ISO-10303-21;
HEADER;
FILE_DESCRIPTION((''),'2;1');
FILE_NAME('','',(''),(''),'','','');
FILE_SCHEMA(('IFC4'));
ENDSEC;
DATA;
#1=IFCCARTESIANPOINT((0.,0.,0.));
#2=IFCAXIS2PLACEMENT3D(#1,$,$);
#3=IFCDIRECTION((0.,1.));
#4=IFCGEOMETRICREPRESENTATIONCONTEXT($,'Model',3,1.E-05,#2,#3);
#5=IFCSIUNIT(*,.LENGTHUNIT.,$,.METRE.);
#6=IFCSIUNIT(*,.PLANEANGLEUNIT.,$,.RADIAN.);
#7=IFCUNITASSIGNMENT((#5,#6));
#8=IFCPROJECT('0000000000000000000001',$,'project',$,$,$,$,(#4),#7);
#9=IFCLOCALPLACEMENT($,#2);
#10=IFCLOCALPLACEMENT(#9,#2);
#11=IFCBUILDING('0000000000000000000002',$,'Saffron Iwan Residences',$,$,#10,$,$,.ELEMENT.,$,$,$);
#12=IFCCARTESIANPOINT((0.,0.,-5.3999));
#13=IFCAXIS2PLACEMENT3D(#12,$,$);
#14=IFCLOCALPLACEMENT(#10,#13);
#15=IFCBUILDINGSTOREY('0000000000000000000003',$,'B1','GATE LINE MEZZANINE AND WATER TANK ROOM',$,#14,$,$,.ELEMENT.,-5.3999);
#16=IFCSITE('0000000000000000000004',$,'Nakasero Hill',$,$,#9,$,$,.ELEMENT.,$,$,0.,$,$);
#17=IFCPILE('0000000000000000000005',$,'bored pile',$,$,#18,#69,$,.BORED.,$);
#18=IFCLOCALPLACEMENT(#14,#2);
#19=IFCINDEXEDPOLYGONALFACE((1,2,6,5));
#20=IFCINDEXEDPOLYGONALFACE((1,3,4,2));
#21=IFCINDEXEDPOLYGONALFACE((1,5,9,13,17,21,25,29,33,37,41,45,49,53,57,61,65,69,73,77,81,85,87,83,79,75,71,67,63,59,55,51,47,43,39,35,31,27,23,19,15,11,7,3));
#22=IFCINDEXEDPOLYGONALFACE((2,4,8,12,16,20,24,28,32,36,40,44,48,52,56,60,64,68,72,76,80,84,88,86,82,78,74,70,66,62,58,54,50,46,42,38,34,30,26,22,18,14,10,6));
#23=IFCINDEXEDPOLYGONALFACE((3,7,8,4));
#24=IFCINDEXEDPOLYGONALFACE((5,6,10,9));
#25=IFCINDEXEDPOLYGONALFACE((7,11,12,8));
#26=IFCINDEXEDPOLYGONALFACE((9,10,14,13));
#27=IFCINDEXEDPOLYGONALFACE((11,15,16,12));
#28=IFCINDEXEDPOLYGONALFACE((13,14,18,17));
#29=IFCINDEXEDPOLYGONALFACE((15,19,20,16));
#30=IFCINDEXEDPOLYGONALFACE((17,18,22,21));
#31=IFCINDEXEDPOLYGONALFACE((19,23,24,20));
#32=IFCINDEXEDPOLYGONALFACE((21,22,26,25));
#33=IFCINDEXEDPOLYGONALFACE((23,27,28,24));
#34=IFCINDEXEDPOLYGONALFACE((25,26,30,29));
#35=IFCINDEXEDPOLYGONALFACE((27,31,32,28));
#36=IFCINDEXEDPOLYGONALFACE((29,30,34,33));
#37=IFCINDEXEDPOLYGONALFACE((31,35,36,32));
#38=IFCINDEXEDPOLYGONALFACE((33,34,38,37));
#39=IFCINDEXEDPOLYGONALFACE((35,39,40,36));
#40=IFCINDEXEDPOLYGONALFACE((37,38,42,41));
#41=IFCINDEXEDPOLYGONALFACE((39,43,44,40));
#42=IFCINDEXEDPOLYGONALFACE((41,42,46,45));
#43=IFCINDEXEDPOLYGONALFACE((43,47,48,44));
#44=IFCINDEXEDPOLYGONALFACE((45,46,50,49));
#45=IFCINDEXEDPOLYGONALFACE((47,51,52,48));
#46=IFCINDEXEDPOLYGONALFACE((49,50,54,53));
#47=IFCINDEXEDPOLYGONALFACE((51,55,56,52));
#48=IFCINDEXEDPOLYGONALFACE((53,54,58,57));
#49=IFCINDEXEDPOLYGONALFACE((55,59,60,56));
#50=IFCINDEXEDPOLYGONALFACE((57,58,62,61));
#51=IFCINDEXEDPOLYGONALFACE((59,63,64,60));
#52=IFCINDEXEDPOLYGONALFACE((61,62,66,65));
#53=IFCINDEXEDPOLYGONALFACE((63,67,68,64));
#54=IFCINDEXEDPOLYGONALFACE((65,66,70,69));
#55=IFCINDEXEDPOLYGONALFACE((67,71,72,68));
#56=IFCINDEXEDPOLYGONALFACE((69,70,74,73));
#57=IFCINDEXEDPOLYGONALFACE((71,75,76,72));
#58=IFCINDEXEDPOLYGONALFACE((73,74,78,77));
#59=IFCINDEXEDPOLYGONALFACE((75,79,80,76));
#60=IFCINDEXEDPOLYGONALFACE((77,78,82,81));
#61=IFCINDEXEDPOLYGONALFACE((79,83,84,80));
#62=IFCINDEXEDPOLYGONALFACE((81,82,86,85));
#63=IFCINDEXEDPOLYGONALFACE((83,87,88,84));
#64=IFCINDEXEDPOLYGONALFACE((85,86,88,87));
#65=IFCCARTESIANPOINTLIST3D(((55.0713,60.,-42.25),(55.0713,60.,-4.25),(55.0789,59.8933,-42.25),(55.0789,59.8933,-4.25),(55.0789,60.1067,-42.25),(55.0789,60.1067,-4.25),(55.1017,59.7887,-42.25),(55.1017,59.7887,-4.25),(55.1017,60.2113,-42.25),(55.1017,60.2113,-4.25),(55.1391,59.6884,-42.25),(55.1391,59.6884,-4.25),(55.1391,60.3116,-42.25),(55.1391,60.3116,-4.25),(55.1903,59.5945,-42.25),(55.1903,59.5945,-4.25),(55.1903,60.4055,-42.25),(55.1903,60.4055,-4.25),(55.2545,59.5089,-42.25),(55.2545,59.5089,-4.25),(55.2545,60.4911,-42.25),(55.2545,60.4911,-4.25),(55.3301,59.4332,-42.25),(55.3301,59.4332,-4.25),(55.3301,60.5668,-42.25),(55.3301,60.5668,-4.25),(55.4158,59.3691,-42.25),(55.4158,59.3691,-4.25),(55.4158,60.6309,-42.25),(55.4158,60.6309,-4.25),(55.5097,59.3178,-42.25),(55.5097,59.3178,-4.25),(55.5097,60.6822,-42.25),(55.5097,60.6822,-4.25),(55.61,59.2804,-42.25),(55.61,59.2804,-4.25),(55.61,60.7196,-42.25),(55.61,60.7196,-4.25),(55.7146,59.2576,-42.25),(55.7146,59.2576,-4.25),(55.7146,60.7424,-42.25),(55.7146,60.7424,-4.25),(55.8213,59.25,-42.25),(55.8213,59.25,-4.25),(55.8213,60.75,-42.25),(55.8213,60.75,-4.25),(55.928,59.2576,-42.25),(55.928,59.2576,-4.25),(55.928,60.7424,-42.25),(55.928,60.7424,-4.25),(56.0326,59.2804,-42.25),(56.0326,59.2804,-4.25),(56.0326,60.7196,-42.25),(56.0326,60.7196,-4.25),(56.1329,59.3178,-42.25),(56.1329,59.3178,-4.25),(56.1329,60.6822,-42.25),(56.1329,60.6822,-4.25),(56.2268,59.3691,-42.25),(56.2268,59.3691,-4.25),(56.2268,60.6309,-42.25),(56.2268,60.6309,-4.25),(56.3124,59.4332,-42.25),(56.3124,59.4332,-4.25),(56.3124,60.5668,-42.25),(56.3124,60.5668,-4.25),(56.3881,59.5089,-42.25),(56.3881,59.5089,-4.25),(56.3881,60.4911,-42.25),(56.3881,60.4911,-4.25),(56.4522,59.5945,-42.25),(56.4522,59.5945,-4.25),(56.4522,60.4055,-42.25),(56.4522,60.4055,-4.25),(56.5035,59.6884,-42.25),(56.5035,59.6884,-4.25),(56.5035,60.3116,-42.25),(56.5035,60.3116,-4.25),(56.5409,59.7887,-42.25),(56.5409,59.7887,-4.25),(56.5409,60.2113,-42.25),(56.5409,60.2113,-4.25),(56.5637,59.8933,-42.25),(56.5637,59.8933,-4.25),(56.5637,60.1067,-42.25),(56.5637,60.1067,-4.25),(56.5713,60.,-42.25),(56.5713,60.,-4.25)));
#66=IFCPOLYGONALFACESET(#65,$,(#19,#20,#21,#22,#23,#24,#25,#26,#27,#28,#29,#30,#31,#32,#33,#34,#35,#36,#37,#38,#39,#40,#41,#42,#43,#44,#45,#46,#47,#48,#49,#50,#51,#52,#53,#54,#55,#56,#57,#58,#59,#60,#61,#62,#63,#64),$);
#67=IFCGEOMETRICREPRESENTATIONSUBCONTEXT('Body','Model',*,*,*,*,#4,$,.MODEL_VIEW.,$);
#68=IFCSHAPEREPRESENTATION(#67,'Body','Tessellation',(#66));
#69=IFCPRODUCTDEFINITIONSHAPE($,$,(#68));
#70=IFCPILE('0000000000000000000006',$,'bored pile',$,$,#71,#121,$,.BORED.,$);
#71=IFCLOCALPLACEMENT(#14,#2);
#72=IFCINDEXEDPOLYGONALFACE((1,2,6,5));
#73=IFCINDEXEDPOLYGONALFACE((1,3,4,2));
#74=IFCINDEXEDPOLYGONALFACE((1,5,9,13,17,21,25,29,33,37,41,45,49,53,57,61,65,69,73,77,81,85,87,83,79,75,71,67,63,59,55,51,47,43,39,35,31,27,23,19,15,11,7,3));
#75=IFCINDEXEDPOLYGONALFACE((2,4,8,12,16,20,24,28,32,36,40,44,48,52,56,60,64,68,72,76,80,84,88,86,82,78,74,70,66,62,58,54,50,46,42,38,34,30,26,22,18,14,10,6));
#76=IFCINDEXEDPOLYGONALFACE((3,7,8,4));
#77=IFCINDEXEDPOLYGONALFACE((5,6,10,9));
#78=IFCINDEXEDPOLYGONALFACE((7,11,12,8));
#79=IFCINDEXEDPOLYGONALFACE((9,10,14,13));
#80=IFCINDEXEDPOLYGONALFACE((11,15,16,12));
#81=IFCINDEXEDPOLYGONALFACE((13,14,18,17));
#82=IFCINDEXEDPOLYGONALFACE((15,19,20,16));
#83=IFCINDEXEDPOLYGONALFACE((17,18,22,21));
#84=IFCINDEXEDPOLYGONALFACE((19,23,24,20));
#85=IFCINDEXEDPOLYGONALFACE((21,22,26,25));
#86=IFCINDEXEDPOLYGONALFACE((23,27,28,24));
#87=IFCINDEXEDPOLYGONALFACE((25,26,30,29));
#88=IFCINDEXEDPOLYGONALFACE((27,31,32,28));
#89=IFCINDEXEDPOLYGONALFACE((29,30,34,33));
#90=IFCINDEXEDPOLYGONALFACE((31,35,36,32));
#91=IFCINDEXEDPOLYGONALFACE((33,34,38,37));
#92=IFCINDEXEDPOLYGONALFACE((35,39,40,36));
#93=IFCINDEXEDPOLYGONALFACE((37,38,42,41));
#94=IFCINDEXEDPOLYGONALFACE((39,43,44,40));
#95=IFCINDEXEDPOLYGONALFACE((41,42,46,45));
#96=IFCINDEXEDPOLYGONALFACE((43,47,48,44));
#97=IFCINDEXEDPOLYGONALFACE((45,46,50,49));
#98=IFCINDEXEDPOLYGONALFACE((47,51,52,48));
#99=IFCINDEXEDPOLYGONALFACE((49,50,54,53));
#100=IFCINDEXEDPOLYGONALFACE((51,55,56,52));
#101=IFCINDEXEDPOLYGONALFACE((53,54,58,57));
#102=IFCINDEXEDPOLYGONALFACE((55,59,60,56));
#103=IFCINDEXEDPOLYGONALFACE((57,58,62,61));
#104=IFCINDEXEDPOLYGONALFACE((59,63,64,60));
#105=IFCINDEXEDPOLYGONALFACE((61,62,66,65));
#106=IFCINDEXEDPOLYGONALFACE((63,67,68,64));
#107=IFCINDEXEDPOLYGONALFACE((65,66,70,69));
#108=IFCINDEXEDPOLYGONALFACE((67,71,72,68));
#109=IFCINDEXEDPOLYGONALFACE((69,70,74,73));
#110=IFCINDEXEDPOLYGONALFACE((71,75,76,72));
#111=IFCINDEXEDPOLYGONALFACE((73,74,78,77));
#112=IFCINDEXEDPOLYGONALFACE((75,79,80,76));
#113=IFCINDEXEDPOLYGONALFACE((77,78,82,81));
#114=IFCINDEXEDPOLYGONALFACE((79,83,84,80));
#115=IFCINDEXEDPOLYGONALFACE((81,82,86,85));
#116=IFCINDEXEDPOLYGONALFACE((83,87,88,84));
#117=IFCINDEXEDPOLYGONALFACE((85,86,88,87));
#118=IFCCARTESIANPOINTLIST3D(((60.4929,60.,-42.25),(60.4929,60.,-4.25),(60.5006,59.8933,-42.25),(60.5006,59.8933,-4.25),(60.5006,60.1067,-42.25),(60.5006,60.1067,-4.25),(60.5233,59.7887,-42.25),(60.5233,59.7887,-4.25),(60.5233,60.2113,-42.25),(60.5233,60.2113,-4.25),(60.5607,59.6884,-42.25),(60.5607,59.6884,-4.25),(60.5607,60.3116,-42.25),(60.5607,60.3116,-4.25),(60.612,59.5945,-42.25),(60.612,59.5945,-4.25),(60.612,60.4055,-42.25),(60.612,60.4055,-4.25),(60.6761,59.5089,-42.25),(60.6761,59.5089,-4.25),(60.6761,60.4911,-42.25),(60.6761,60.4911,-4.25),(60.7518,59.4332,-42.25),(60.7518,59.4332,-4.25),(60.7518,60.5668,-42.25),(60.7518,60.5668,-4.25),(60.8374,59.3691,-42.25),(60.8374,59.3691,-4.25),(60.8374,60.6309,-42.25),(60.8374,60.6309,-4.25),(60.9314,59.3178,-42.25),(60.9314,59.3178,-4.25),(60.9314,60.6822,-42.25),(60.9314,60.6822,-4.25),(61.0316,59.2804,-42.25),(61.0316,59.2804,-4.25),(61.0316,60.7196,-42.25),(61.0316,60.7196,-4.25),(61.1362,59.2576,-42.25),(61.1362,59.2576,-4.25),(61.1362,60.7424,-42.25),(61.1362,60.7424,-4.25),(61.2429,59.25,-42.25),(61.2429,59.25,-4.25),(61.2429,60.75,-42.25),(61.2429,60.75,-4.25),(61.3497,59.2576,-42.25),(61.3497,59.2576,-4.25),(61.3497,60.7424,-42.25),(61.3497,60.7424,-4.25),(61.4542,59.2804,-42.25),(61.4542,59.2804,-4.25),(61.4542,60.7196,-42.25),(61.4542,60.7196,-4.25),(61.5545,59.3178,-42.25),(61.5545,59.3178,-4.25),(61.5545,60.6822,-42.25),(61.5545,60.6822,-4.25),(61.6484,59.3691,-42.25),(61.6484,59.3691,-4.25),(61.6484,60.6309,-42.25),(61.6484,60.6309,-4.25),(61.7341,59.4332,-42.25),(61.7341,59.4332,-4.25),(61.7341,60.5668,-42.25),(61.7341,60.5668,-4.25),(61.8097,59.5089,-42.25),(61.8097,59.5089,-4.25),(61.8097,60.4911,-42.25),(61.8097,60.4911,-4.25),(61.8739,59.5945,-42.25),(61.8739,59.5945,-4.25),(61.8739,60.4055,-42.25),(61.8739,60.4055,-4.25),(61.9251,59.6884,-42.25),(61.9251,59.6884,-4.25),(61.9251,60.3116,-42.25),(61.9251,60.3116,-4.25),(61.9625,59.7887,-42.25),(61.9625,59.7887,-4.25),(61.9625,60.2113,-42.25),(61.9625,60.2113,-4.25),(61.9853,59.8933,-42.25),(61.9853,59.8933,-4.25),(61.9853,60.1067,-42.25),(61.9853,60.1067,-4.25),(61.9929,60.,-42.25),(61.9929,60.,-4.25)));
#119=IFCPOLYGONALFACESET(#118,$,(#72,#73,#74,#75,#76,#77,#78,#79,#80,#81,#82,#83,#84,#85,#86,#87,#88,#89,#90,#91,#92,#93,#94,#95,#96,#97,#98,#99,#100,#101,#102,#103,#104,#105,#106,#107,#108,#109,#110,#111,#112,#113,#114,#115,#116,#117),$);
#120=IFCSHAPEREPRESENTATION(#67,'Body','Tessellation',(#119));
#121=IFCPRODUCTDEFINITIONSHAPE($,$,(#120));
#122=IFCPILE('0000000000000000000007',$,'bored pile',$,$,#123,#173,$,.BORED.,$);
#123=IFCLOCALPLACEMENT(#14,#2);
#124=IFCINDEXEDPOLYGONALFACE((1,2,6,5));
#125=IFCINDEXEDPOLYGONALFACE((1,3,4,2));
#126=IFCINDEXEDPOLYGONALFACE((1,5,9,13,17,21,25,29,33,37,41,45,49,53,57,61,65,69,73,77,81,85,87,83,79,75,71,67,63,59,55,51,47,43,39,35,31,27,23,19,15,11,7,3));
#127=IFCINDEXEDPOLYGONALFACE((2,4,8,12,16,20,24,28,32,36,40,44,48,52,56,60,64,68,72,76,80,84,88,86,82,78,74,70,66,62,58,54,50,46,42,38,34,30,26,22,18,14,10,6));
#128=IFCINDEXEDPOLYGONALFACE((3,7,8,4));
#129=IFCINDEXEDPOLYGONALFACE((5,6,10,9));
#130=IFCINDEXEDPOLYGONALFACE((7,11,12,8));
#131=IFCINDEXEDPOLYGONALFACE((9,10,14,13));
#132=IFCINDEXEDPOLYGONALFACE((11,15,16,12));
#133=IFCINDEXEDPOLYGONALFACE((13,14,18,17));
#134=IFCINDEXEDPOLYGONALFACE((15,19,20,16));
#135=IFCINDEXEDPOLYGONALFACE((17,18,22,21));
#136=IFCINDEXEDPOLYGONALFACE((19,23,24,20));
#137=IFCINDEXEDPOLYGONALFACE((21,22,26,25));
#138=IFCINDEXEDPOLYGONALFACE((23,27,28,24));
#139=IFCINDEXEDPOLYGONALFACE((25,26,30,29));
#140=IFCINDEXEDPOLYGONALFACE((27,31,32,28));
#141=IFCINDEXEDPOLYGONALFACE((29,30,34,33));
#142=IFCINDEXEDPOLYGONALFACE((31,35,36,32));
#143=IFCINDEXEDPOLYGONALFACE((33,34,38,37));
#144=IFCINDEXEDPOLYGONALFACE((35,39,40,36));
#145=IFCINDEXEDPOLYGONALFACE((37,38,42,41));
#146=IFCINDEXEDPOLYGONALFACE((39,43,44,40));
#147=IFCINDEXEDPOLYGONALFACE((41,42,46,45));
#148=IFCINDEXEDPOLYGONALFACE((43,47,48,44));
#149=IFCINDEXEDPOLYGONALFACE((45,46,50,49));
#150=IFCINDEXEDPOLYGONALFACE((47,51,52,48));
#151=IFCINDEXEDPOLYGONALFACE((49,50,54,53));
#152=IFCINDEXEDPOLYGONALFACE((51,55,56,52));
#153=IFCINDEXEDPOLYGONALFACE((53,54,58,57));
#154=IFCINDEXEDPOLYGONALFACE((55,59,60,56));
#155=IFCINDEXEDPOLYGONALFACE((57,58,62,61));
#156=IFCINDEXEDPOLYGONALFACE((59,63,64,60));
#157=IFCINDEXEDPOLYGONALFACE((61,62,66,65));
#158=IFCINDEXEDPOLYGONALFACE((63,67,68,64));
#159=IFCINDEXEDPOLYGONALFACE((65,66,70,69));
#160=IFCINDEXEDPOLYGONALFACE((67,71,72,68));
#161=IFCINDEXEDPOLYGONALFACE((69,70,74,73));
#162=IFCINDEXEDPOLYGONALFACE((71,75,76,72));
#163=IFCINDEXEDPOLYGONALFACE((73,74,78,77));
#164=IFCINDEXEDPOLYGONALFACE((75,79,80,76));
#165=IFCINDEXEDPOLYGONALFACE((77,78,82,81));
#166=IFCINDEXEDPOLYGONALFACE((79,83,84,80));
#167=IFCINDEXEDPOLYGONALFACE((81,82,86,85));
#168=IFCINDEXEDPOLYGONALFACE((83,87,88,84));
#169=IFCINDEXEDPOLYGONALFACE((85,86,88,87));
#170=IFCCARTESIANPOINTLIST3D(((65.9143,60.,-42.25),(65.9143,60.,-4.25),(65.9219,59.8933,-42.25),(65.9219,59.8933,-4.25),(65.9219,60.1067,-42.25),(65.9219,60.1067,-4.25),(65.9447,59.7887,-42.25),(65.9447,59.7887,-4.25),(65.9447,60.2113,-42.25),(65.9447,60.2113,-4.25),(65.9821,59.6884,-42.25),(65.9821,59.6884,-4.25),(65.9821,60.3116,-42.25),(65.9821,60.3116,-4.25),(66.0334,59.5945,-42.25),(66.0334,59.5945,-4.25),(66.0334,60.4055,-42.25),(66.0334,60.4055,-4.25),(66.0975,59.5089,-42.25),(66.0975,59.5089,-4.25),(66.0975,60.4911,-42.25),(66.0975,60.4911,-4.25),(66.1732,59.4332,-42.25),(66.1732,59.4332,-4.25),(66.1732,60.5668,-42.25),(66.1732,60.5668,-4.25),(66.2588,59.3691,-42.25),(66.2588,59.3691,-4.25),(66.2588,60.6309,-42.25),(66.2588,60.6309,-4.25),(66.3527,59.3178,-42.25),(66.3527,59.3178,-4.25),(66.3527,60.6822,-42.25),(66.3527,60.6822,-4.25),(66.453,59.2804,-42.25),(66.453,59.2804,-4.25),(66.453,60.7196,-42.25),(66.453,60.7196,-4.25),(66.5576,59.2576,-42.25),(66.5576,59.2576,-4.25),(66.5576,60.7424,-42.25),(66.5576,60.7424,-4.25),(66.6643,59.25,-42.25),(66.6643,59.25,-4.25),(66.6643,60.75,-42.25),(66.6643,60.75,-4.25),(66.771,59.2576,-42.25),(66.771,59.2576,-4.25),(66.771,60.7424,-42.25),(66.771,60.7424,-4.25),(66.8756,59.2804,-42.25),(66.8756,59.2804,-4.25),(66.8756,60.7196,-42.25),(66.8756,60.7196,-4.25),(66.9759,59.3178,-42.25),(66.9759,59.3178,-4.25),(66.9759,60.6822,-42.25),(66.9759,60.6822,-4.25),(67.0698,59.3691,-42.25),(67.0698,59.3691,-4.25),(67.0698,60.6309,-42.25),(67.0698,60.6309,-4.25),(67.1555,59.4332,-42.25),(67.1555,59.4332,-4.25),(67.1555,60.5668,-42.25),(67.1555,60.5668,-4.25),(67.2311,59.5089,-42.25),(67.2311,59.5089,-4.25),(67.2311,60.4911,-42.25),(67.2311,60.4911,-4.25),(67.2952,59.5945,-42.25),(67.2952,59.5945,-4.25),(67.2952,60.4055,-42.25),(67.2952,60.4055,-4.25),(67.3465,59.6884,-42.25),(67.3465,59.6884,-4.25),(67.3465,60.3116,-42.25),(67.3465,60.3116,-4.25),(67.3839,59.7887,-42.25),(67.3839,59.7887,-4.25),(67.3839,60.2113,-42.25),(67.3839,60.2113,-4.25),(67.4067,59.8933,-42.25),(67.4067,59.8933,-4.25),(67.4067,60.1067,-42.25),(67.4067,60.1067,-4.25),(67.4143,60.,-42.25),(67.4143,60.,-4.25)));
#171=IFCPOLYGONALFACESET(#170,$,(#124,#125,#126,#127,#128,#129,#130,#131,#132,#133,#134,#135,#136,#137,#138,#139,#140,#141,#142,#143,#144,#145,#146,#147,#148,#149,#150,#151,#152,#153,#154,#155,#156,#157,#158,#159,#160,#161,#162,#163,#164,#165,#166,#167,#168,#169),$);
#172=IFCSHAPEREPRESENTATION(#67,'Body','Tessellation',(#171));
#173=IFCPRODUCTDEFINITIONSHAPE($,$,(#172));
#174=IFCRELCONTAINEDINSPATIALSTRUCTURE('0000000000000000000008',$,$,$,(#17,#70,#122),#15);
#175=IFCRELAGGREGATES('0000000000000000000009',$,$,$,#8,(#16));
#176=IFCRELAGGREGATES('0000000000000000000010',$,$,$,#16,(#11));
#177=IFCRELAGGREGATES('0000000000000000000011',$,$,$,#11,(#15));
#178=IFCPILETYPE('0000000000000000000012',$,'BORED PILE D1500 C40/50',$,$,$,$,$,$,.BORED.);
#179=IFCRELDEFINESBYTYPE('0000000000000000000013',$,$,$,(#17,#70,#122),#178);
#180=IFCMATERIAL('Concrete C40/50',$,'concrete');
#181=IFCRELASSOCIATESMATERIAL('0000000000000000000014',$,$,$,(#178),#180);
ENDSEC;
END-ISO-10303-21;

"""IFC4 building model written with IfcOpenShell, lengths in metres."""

from ifc_helpers import new_model, si_unit, direction, frame, origin, origin_2d, place, context, subcontext, project, spatial, circle, extrude, material, material_profile, profile_set, type_object, element, save


model = new_model("IFC4")

# Units and contexts
model_context = context("Model", 3, precision=1e-05, world=origin(), true_north=direction((0.0, 1.0)))
body_context = subcontext(model_context, "Body", "Model", "MODEL_VIEW")
ifc_project = project(units=[si_unit("LENGTHUNIT", "METRE"), si_unit("PLANEANGLEUNIT", "RADIAN")], contexts=[model_context])

# Site, building, storey
site_placement = place(None, origin())
site = spatial("IfcSite", under=ifc_project, at=site_placement, Name="Nakasero Hill", CompositionType="ELEMENT", RefElevation=0.0)
building_placement = place(site_placement, origin())
building = spatial("IfcBuilding", under=site, at=building_placement, Name="Saffron Iwan Residences", CompositionType="ELEMENT")
storey_placement = place(building_placement, frame((0.0, 0.0, -5.3999)))
storey = spatial("IfcBuildingStorey", under=building, at=storey_placement, Name="B1", Description="GATE LINE MEZZANINE AND WATER TANK ROOM", CompositionType="ELEMENT", Elevation=-5.3999)

# Piles
ifc_material_1 = material(Name="Concrete C40/50", Category="concrete")
ifc_material_profile = material_profile(ifc_material_1, circle(Radius=0.75, at=origin_2d()), Name="RC D1500")
ifc_profile_set = profile_set([ifc_material_profile], Name="Concrete C40/50")
pile_type = type_object("IfcPileType", Name="BORED PILE D1500 C40/50", PredefinedType="BORED", material=ifc_profile_set)
for number, where, z_axis, x_axis, name in (
    (1, (55.8213, 60.0, -4.25), (0.0, 0.0, -1.0), (1.0, 0.0, 0.0), "bored pile"),
    (2, (61.2429, 60.0, -4.25), (0.0, 0.0, -1.0), (1.0, 0.0, 0.0), "bored pile"),
    (3, (66.6643, 60.0, -4.25), (0.0, 0.0, -1.0), (1.0, 0.0, 0.0), "bored pile"),
):
    element("IfcPile", number, at=place(storey_placement, frame(where, z_axis=z_axis, x_axis=x_axis)), inside=storey, type_object=pile_type, Name=name, PredefinedType="BORED", context=body_context, shape_type="SweptSolid", body=[
        extrude(circle(Radius=0.75, at=origin_2d()), origin(), (0.0, 0.0, 1.0), 38.0),
    ])

save(model, "model.ifc")
